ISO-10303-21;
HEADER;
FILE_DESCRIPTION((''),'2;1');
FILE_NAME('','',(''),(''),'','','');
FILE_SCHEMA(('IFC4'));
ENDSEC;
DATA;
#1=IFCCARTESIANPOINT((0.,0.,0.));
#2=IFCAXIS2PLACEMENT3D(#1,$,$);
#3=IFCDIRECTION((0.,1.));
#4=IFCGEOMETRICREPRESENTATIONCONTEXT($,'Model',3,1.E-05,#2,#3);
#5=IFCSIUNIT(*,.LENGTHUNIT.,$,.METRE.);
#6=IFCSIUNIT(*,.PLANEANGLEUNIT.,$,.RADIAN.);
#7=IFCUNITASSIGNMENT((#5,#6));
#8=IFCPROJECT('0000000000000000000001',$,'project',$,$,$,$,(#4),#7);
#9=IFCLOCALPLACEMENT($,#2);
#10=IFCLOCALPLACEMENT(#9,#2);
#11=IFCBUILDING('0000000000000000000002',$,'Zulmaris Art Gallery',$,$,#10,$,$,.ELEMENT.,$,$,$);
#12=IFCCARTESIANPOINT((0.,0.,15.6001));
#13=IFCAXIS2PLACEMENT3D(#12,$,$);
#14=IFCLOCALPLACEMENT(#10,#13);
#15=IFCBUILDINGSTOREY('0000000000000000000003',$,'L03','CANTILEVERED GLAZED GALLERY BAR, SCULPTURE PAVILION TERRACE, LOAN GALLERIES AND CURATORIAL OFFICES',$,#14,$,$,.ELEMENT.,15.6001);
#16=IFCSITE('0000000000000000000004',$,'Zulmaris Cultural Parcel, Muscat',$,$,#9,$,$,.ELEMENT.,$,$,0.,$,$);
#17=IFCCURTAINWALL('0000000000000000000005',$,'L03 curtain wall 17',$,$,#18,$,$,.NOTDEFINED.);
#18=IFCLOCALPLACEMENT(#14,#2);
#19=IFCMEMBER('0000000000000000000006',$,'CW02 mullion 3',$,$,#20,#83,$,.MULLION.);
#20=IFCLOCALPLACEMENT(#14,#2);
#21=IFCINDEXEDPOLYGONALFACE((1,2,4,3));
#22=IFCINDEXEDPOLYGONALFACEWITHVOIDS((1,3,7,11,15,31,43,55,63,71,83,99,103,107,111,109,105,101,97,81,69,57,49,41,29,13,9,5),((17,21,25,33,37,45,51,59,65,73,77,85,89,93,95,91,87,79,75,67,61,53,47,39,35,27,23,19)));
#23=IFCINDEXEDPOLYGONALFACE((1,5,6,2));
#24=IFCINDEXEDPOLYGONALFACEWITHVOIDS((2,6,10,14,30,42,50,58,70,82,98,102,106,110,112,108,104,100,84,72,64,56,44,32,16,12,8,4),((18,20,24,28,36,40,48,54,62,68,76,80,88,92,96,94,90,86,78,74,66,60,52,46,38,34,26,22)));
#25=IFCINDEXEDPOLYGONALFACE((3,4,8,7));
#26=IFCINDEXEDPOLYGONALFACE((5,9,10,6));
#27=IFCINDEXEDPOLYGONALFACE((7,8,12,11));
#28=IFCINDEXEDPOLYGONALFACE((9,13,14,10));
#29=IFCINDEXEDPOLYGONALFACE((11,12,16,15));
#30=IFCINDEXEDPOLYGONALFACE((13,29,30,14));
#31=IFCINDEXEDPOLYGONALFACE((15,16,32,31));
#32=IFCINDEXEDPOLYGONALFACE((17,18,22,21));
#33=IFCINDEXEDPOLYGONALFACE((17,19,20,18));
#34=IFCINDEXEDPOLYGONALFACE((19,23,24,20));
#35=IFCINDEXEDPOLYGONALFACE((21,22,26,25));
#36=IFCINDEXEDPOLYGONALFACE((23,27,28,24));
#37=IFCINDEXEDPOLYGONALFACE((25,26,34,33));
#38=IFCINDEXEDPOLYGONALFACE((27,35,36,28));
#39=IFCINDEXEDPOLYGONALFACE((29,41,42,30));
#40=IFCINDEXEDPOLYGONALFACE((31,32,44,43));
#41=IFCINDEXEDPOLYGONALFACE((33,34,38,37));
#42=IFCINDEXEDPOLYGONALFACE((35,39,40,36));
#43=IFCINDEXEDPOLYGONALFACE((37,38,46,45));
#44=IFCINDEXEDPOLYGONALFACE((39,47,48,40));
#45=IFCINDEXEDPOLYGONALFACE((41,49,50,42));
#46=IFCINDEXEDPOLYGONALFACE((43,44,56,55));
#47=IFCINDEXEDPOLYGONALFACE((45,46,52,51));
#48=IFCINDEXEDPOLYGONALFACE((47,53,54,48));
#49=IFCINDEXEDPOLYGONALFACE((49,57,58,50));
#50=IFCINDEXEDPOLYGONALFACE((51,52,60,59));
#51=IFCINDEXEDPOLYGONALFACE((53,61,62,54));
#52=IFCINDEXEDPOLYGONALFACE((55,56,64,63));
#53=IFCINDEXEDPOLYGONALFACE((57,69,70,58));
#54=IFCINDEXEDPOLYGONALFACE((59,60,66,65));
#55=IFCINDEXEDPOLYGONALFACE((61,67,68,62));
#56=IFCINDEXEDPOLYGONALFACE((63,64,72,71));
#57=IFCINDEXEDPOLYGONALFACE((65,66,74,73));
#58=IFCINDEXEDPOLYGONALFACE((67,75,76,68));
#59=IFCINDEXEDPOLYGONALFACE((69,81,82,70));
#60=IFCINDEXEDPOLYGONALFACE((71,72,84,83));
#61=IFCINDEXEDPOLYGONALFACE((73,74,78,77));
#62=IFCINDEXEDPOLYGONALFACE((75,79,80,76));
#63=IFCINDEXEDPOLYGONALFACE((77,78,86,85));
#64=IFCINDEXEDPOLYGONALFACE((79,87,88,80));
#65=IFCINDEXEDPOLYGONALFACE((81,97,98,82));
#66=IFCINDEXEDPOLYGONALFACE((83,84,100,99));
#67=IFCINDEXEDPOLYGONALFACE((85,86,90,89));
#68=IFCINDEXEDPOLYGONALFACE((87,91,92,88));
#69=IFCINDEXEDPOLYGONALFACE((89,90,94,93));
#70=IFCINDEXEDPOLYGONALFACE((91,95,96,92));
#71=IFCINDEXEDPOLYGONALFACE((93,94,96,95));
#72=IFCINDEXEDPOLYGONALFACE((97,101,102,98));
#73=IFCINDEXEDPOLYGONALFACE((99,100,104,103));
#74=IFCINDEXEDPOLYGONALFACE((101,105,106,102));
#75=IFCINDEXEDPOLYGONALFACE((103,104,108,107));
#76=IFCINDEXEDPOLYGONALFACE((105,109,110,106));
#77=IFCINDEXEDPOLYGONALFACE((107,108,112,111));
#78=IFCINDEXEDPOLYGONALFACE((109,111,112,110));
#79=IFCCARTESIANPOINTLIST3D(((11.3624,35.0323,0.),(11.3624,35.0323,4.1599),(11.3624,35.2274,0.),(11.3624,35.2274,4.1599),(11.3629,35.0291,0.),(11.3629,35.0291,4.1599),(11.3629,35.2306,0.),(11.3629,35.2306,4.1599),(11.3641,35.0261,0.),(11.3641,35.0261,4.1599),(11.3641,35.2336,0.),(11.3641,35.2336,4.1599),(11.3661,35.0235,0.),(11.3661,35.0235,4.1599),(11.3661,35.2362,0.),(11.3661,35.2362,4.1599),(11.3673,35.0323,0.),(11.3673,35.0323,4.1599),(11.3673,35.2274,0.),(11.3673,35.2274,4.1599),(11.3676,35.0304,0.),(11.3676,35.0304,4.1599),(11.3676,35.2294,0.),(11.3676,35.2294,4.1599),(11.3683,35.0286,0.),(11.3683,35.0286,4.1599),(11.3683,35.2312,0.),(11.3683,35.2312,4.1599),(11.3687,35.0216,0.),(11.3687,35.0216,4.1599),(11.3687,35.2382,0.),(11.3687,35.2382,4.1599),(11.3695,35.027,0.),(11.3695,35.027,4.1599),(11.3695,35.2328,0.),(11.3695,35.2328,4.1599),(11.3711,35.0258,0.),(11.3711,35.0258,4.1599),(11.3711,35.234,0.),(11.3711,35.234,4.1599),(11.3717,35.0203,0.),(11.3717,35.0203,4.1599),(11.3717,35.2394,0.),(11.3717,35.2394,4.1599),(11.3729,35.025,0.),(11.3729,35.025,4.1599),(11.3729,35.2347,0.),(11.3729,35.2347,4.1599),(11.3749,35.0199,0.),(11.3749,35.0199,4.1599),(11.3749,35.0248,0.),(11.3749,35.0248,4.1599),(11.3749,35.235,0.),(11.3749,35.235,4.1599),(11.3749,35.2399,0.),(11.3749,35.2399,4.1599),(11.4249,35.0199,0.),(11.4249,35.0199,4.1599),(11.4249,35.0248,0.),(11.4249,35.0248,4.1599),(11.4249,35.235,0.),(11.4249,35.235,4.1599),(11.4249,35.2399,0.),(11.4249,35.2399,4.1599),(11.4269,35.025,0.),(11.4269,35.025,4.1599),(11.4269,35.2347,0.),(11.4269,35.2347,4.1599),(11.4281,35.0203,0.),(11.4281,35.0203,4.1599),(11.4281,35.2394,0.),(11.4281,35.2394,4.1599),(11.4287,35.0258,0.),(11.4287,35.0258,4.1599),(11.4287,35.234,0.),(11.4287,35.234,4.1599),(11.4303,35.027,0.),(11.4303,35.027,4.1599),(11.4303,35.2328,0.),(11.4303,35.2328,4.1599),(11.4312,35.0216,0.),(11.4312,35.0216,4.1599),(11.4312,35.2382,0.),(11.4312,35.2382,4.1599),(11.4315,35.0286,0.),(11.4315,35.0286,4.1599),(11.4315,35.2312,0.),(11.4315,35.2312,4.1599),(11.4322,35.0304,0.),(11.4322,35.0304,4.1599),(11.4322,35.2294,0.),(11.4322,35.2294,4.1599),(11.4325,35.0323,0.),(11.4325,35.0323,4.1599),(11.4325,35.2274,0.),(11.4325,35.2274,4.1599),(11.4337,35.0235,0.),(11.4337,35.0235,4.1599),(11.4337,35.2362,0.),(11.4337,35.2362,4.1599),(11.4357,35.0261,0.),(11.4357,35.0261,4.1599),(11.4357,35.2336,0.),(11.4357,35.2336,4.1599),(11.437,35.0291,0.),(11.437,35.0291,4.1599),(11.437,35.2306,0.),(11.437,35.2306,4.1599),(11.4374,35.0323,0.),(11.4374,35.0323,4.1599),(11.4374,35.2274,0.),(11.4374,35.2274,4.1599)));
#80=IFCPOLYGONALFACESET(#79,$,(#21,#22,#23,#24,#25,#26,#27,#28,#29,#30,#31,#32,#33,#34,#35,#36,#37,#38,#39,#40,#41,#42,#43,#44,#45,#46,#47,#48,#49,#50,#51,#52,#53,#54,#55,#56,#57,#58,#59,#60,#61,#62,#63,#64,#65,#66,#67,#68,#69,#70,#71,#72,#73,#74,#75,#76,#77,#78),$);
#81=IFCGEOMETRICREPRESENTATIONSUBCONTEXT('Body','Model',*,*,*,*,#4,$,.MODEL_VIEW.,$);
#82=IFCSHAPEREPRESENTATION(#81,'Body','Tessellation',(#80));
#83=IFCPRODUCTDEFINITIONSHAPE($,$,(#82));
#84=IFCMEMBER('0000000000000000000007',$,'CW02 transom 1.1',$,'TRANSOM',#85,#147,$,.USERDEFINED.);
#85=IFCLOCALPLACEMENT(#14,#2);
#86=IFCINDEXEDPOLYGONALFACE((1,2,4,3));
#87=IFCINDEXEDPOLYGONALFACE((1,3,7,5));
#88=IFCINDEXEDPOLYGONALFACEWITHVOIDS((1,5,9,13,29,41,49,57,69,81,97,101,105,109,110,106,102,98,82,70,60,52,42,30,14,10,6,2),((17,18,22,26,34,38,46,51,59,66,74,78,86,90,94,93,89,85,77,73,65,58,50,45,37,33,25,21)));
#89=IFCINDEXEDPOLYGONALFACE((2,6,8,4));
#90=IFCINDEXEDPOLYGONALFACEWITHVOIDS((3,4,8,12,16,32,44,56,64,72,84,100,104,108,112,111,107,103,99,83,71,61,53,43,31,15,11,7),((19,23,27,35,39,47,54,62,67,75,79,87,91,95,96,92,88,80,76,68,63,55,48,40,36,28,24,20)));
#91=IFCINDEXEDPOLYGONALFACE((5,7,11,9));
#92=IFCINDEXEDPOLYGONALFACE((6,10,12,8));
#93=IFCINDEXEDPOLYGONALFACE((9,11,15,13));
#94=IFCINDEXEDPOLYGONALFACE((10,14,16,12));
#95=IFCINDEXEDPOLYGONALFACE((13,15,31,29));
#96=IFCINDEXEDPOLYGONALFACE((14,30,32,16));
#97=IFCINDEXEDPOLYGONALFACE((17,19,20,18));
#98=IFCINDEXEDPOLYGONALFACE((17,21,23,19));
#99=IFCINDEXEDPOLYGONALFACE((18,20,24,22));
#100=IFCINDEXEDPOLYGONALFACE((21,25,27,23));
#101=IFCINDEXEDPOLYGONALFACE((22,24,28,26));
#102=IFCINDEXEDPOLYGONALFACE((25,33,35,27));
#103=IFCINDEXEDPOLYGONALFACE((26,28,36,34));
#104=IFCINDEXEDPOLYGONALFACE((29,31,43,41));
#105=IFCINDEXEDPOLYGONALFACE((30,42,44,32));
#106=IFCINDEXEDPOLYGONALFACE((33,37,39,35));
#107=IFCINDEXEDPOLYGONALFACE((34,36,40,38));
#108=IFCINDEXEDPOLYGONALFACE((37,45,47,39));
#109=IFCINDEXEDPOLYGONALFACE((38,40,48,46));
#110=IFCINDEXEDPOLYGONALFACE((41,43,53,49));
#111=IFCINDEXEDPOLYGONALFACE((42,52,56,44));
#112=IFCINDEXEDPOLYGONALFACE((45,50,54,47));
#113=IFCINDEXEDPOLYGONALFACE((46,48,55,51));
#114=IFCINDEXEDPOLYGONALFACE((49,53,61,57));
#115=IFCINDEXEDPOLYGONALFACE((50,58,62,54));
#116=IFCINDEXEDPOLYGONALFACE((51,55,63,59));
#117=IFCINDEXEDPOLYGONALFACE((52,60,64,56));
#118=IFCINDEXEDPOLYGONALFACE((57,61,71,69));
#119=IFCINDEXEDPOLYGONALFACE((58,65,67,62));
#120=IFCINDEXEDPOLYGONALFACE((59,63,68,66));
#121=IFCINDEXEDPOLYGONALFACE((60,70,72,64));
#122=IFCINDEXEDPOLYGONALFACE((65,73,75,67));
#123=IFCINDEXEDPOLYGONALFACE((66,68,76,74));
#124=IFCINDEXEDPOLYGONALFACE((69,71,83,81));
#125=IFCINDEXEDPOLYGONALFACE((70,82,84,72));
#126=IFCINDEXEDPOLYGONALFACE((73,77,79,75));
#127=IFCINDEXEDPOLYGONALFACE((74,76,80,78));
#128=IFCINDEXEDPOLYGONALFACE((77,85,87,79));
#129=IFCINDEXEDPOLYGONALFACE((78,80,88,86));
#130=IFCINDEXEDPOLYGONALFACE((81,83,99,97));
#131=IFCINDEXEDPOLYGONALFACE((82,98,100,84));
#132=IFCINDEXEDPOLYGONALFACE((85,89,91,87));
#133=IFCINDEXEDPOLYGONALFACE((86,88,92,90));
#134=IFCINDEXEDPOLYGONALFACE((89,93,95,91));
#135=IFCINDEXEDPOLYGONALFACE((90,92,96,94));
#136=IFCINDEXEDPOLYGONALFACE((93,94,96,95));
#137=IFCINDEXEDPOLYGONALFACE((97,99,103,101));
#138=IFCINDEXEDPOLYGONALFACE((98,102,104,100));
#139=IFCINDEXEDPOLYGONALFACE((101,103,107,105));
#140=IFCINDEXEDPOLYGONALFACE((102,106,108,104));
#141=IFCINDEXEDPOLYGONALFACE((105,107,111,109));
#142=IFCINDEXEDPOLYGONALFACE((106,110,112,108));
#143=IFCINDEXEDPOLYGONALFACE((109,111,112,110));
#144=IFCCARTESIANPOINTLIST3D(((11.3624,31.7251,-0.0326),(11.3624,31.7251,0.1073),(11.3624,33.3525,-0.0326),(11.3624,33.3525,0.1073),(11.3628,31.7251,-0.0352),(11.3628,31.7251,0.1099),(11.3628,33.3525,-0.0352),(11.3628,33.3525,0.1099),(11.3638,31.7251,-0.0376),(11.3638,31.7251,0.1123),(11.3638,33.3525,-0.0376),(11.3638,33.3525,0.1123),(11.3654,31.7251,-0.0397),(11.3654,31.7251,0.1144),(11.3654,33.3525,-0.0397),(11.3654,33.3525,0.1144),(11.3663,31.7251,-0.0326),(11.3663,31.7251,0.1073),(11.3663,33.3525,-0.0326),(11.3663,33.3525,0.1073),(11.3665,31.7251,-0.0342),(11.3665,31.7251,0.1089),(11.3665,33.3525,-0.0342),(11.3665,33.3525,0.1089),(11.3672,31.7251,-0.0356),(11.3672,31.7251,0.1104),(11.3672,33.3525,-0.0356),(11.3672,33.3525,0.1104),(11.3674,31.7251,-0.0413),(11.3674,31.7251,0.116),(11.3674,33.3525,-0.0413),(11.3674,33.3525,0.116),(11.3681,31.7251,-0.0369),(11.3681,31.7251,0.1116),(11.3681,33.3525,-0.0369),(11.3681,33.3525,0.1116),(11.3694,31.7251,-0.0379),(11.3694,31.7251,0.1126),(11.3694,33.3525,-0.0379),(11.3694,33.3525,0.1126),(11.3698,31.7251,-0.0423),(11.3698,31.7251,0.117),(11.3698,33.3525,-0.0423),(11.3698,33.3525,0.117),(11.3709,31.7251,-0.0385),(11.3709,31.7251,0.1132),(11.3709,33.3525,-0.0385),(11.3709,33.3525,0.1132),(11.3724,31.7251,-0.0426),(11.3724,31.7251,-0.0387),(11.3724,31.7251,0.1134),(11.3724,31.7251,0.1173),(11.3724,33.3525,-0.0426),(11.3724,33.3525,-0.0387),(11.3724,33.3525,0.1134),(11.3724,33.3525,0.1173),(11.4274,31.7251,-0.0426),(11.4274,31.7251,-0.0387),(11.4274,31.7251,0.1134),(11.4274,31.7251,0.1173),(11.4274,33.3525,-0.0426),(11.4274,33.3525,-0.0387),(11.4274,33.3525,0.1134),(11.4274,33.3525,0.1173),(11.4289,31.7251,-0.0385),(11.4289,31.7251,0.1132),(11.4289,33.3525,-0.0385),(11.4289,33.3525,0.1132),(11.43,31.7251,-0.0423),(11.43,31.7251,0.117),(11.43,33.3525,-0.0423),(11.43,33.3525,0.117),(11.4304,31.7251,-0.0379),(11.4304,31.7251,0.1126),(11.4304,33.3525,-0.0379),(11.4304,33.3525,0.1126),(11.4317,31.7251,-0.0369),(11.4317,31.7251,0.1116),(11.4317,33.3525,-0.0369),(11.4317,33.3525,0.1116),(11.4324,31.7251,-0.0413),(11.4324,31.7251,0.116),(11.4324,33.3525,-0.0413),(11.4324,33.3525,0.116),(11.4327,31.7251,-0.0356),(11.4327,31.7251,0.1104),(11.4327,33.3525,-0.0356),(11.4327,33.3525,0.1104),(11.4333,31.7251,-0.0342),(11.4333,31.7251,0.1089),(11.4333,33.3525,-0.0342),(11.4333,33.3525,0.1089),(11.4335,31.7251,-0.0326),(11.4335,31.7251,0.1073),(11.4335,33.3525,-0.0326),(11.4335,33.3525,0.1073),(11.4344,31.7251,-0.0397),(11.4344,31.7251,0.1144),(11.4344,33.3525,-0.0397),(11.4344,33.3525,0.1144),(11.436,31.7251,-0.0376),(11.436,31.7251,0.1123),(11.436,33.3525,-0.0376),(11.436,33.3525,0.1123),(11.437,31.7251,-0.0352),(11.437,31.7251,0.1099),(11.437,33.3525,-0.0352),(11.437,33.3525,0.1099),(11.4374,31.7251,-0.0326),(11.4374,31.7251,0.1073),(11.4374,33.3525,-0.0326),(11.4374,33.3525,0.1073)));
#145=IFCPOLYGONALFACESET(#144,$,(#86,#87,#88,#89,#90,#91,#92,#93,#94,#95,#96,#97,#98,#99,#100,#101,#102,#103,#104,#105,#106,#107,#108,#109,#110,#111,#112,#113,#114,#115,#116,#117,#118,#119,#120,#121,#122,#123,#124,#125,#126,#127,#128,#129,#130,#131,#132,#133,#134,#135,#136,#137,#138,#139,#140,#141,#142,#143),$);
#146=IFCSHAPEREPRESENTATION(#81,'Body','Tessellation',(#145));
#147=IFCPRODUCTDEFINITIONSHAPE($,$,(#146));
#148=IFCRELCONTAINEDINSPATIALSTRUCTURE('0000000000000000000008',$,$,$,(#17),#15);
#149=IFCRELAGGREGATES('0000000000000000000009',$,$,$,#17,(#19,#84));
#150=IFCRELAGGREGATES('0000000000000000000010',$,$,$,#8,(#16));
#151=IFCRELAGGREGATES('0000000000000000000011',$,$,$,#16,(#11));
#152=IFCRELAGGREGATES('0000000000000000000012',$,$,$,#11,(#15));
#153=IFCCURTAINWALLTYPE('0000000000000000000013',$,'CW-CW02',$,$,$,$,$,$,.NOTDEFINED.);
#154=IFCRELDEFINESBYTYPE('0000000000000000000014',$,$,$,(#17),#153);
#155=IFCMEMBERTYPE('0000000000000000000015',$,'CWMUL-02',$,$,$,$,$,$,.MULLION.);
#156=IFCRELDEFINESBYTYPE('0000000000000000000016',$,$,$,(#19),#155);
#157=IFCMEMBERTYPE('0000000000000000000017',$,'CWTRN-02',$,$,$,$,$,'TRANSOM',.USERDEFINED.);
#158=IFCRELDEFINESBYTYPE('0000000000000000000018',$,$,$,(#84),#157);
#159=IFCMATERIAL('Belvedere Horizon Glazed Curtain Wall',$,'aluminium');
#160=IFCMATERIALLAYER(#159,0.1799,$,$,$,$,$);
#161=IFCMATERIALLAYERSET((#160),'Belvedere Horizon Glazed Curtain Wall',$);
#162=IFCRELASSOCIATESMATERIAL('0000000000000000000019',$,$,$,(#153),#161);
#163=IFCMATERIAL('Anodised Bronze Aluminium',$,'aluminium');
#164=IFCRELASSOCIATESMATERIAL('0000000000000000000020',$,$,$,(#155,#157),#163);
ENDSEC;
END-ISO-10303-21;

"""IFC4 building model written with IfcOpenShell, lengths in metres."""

from ifc_helpers import new_model, si_unit, direction, frame, origin, origin_2d, place, context, subcontext, project, spatial, hollow_rectangle, extrude, material, layer, layer_set, material_profile, profile_set, type_object, element, aggregate, save


model = new_model("IFC4")

# Units and contexts
model_context = context("Model", 3, precision=1e-05, world=origin(), true_north=direction((0.0, 1.0)))
body_context = subcontext(model_context, "Body", "Model", "MODEL_VIEW")
ifc_project = project(units=[si_unit("LENGTHUNIT", "METRE"), si_unit("PLANEANGLEUNIT", "RADIAN")], contexts=[model_context])

# Site, building, storey
site_placement = place(None, origin())
site = spatial("IfcSite", under=ifc_project, at=site_placement, Name="Zulmaris Cultural Parcel, Muscat", CompositionType="ELEMENT", RefElevation=0.0)
building_placement = place(site_placement, origin())
building = spatial("IfcBuilding", under=site, at=building_placement, Name="Zulmaris Art Gallery", CompositionType="ELEMENT")
storey_placement = place(building_placement, frame((0.0, 0.0, 15.6001)))
storey = spatial("IfcBuildingStorey", under=building, at=storey_placement, Name="L03", Description="CANTILEVERED GLAZED GALLERY BAR, SCULPTURE PAVILION TERRACE, LOAN GALLERIES AND CURATORIAL OFFICES", CompositionType="ELEMENT", Elevation=15.6001)

# Shared definitions
ifc_material_1 = material(Name="Belvedere Horizon Glazed Curtain Wall", Category="aluminium")
ifc_layer_1 = layer(ifc_material_1, 0.1799)
ifc_layer_set_1 = layer_set([ifc_layer_1], Name="Belvedere Horizon Glazed Curtain Wall")
curtain_wall_type = type_object("IfcCurtainWallType", Name="CW-CW02", PredefinedType="NOTDEFINED", material=ifc_layer_set_1)
ifc_material_2 = material(Name="Anodised Bronze Aluminium", Category="aluminium")
ifc_material_profile_1 = material_profile(ifc_material_2, hollow_rectangle(XDim=0.075, YDim=0.22, WallThickness=0.0049, InnerFilletRadius=0.0076, OuterFilletRadius=0.0125, at=origin_2d()), Name="ALU 75x220x5")
ifc_profile_set_1 = profile_set([ifc_material_profile_1], Name="Anodised Bronze Aluminium")
member_type_1 = type_object("IfcMemberType", Name="CWMUL-02", PredefinedType="MULLION", material=ifc_profile_set_1)

# Curtain wall, members
curtain_wall_1_placement = place(storey_placement, origin())
curtain_wall_1 = element("IfcCurtainWall", 1, at=curtain_wall_1_placement, inside=storey, type_object=curtain_wall_type, Name="L03 curtain wall 17", PredefinedType="NOTDEFINED")
member_1_placement = place(storey_placement, frame((11.3999, 35.1299, 0.0), z_axis=(0.0, 0.0, 1.0), x_axis=(-1.0, 0.0, 0.0)))
member_1 = element("IfcMember", 2, at=member_1_placement, type_object=member_type_1, Name="CW02 mullion 3", PredefinedType="MULLION", context=body_context, shape_type="SweptSolid", body=[
    extrude(hollow_rectangle(XDim=0.075, YDim=0.22, WallThickness=0.0049, InnerFilletRadius=0.0076, OuterFilletRadius=0.0125, at=origin_2d()), origin(), (0.0, 0.0, 1.0), 4.1599),
])
ifc_material_profile_2 = material_profile(ifc_material_2, hollow_rectangle(XDim=0.075, YDim=0.1599, WallThickness=0.0039, InnerFilletRadius=0.0061, OuterFilletRadius=0.01, at=origin_2d()), Name="ALU 75x160x4")
ifc_profile_set_2 = profile_set([ifc_material_profile_2], Name="Anodised Bronze Aluminium")
member_type_2 = type_object("IfcMemberType", Name="CWTRN-02", ElementType="TRANSOM", PredefinedType="USERDEFINED", material=ifc_profile_set_2)
member_2_placement = place(storey_placement, frame((11.3999, 31.7251, 0.0374), z_axis=(0.0, 1.0, 0.0), x_axis=(-1.0, 0.0, 0.0)))
member_2 = element("IfcMember", 3, at=member_2_placement, type_object=member_type_2, Name="CW02 transom 1.1", ObjectType="TRANSOM", PredefinedType="USERDEFINED", context=body_context, shape_type="SweptSolid", body=[
    extrude(hollow_rectangle(XDim=0.075, YDim=0.1599, WallThickness=0.0039, InnerFilletRadius=0.0061, OuterFilletRadius=0.01, at=origin_2d()), origin(), (0.0, 0.0, 1.0), 1.6274),
])

aggregate(curtain_wall_1, [member_1, member_2])

save(model, "model.ifc")
